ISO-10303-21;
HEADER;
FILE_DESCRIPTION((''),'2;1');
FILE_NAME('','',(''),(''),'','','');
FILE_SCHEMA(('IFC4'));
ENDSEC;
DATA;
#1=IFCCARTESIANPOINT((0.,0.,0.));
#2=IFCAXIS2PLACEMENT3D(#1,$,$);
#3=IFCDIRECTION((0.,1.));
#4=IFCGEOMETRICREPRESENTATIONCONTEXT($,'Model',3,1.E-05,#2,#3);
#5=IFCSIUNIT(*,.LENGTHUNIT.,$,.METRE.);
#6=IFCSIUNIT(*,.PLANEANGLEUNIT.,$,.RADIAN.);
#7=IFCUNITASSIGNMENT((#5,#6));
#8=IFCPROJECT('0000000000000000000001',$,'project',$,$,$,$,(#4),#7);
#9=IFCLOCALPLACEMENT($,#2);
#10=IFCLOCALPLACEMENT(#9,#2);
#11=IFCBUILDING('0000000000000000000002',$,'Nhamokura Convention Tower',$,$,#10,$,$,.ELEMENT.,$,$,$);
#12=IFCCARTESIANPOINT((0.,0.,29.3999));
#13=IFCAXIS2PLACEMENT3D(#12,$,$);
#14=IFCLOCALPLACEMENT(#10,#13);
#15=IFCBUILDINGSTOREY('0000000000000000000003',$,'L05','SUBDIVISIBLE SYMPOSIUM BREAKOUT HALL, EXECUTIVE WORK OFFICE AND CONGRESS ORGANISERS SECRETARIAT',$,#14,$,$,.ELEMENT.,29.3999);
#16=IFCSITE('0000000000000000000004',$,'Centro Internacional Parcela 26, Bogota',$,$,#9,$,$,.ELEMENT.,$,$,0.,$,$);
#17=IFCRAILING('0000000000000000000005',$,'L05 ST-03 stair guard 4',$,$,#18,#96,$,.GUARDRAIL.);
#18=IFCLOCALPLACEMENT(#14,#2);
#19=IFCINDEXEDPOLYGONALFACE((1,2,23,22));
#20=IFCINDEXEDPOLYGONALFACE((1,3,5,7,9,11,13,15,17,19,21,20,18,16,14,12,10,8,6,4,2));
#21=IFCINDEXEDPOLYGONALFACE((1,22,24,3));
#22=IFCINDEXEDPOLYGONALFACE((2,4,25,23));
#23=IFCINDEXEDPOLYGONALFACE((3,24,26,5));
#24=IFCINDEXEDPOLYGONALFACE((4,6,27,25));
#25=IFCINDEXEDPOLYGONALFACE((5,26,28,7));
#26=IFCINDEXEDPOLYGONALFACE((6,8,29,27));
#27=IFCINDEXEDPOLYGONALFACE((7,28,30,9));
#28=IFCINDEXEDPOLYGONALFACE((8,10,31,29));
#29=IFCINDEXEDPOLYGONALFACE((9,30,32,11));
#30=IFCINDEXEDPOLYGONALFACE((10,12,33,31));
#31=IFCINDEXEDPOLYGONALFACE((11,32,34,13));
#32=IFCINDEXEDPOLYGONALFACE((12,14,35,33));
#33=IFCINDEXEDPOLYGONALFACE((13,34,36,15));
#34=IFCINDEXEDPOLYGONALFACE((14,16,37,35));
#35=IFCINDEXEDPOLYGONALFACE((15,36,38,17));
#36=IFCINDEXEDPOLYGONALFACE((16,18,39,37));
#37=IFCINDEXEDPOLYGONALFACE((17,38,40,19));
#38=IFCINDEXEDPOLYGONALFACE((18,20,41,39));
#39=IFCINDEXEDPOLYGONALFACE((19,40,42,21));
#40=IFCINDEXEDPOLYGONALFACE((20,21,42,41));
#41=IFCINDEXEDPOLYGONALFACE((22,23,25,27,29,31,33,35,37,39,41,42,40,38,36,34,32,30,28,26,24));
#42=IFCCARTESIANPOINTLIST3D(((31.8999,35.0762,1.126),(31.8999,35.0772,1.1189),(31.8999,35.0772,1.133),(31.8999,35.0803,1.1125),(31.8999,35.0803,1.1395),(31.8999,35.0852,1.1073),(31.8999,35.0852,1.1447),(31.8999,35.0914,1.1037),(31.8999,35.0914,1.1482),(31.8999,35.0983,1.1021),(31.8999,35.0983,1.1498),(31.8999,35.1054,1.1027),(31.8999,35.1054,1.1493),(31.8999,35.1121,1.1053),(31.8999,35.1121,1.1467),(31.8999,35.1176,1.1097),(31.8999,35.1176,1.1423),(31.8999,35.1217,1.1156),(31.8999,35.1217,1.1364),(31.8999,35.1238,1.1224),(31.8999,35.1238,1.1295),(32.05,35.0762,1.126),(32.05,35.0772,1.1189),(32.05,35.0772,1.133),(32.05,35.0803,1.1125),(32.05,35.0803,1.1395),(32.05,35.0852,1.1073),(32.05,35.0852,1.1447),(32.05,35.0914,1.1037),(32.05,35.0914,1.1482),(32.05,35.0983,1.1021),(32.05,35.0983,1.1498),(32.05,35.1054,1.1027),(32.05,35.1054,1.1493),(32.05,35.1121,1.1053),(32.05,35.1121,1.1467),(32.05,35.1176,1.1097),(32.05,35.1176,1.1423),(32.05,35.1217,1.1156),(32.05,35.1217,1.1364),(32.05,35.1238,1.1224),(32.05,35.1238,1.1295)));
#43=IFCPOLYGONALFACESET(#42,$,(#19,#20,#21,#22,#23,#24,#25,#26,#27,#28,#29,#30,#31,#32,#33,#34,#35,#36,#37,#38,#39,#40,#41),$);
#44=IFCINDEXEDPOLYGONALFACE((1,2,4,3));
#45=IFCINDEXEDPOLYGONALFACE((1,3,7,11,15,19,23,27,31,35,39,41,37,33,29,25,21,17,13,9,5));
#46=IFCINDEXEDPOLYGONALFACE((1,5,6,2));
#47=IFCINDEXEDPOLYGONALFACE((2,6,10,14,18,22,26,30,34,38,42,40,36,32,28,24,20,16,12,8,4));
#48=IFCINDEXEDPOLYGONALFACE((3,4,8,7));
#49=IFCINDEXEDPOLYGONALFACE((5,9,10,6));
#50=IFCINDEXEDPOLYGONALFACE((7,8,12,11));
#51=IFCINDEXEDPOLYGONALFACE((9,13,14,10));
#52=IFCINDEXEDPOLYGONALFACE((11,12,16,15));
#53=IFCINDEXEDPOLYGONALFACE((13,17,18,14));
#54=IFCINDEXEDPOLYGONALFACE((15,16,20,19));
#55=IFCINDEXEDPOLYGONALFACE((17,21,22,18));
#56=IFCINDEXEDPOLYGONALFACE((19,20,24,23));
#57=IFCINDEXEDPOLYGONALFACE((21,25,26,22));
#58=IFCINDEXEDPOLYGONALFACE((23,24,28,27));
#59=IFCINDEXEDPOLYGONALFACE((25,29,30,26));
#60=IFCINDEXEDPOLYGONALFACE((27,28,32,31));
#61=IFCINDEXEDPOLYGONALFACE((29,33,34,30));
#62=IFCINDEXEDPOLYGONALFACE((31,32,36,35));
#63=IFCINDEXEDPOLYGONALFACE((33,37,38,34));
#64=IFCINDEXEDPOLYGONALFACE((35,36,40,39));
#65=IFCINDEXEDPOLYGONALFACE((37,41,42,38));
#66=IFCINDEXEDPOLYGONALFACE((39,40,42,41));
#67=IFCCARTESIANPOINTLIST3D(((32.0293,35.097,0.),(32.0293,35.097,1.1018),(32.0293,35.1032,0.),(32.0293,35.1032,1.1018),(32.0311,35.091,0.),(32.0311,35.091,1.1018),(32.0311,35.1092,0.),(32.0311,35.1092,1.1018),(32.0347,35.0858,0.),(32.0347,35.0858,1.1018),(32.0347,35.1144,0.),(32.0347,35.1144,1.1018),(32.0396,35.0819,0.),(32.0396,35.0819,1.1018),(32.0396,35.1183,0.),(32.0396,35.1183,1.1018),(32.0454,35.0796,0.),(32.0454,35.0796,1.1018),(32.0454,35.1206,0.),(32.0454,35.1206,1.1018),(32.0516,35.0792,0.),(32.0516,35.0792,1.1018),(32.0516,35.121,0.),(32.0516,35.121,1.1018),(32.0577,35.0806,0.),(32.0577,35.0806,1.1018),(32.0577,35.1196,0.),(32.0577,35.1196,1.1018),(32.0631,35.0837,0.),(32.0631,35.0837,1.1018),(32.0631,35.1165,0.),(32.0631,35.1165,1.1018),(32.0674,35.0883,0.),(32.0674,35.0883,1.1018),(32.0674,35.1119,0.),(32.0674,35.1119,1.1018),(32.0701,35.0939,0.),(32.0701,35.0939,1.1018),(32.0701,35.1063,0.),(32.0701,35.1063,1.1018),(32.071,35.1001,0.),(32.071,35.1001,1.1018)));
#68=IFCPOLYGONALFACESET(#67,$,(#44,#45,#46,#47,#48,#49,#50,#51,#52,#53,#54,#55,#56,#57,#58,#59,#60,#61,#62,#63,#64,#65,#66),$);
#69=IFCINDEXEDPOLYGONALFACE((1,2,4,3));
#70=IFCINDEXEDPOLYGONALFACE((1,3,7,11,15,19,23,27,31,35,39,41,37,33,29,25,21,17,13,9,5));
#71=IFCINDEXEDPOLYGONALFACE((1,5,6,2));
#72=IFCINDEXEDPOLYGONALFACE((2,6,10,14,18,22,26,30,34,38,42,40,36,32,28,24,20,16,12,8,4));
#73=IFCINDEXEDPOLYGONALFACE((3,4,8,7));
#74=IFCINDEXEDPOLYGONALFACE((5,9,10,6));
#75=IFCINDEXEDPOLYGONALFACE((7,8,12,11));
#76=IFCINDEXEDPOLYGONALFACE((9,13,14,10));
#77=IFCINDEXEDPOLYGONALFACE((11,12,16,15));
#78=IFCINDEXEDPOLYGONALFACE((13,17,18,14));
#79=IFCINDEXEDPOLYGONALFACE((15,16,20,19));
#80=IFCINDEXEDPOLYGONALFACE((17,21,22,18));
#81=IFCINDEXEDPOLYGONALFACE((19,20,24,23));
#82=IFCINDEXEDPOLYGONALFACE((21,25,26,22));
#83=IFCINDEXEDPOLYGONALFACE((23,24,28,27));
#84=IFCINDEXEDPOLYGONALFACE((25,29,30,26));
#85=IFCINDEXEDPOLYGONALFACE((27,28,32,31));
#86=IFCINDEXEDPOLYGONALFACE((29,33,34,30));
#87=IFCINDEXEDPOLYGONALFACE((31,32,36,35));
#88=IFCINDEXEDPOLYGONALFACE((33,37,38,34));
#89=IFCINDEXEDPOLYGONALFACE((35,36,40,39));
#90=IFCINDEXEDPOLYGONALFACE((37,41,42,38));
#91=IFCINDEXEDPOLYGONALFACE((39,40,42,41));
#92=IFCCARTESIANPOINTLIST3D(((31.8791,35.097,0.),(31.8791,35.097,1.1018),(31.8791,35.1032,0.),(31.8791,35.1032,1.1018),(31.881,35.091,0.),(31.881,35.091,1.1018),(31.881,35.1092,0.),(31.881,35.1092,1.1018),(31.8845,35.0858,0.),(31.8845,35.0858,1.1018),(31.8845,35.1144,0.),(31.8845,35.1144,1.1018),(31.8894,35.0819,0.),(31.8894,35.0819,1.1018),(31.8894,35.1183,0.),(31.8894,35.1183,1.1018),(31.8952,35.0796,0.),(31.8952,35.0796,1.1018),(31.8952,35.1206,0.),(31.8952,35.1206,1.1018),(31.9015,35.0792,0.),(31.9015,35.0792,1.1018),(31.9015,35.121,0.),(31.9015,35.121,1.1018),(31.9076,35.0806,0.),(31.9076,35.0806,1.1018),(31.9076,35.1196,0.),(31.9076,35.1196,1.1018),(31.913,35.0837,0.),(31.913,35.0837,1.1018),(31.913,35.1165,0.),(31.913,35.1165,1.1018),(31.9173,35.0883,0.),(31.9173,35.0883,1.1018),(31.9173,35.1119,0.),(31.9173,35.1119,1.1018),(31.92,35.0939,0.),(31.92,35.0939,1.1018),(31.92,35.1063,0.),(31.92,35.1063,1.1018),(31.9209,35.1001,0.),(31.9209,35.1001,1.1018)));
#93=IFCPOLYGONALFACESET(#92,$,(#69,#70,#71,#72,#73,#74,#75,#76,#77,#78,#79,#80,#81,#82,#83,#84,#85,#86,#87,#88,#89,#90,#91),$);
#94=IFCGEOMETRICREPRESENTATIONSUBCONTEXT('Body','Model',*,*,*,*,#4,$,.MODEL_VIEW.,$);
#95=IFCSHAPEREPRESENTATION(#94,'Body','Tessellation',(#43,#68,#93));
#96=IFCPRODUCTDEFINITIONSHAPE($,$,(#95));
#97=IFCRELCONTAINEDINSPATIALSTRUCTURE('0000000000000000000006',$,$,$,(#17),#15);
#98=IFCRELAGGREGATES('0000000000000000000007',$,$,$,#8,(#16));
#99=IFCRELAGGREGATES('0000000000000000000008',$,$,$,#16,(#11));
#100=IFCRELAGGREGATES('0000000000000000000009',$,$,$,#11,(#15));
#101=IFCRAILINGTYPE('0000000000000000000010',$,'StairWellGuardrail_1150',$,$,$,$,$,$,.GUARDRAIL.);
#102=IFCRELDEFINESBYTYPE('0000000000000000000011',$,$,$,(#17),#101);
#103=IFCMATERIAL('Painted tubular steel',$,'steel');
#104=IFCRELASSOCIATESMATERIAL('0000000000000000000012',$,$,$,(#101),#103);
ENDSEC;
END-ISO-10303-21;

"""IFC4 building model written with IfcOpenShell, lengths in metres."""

from ifc_helpers import new_model, si_unit, direction, frame, origin, origin_2d, place, context, subcontext, project, spatial, circle, extrude, material, type_object, element, save


model = new_model("IFC4")

# Units and contexts
model_context = context("Model", 3, precision=1e-05, world=origin(), true_north=direction((0.0, 1.0)))
body_context = subcontext(model_context, "Body", "Model", "MODEL_VIEW")
ifc_project = project(units=[si_unit("LENGTHUNIT", "METRE"), si_unit("PLANEANGLEUNIT", "RADIAN")], contexts=[model_context])

# Site, building, storey
site_placement = place(None, origin())
site = spatial("IfcSite", under=ifc_project, at=site_placement, Name="Centro Internacional Parcela 26, Bogota", CompositionType="ELEMENT", RefElevation=0.0)
building_placement = place(site_placement, origin())
building = spatial("IfcBuilding", under=site, at=building_placement, Name="Nhamokura Convention Tower", CompositionType="ELEMENT")
storey_placement = place(building_placement, frame((0.0, 0.0, 29.3999)))
storey = spatial("IfcBuildingStorey", under=building, at=storey_placement, Name="L05", Description="SUBDIVISIBLE SYMPOSIUM BREAKOUT HALL, EXECUTIVE WORK OFFICE AND CONGRESS ORGANISERS SECRETARIAT", CompositionType="ELEMENT", Elevation=29.3999)

# Railing
ifc_material_1 = material(Name="Painted tubular steel", Category="steel")
railing_type_1 = type_object("IfcRailingType", Name="StairWellGuardrail_1150", PredefinedType="GUARDRAIL", material=ifc_material_1)
railing_1_placement = place(storey_placement, frame((32.05, 35.1001, 0.0)))
element("IfcRailing", 1, at=railing_1_placement, inside=storey, type_object=railing_type_1, Name="L05 ST-03 stair guard 4", PredefinedType="GUARDRAIL", context=body_context, shape_type="SweptSolid", body=[
    extrude(circle(Radius=0.0239, at=origin_2d()), frame((0.0, 0.0, 1.126), z_axis=(-1.0, 0.0, 0.0), x_axis=(0.0, -1.0, 0.0)), (0.0, 0.0, 1.0), 0.1501),
    extrude(circle(Radius=0.021, at=origin_2d()), origin(), (0.0, 0.0, 1.0), 1.1018),
    extrude(circle(Radius=0.021, at=origin_2d()), frame((-0.1501, 0.0, 0.0)), (0.0, 0.0, 1.0), 1.1018),
])

save(model, "model.ifc")
